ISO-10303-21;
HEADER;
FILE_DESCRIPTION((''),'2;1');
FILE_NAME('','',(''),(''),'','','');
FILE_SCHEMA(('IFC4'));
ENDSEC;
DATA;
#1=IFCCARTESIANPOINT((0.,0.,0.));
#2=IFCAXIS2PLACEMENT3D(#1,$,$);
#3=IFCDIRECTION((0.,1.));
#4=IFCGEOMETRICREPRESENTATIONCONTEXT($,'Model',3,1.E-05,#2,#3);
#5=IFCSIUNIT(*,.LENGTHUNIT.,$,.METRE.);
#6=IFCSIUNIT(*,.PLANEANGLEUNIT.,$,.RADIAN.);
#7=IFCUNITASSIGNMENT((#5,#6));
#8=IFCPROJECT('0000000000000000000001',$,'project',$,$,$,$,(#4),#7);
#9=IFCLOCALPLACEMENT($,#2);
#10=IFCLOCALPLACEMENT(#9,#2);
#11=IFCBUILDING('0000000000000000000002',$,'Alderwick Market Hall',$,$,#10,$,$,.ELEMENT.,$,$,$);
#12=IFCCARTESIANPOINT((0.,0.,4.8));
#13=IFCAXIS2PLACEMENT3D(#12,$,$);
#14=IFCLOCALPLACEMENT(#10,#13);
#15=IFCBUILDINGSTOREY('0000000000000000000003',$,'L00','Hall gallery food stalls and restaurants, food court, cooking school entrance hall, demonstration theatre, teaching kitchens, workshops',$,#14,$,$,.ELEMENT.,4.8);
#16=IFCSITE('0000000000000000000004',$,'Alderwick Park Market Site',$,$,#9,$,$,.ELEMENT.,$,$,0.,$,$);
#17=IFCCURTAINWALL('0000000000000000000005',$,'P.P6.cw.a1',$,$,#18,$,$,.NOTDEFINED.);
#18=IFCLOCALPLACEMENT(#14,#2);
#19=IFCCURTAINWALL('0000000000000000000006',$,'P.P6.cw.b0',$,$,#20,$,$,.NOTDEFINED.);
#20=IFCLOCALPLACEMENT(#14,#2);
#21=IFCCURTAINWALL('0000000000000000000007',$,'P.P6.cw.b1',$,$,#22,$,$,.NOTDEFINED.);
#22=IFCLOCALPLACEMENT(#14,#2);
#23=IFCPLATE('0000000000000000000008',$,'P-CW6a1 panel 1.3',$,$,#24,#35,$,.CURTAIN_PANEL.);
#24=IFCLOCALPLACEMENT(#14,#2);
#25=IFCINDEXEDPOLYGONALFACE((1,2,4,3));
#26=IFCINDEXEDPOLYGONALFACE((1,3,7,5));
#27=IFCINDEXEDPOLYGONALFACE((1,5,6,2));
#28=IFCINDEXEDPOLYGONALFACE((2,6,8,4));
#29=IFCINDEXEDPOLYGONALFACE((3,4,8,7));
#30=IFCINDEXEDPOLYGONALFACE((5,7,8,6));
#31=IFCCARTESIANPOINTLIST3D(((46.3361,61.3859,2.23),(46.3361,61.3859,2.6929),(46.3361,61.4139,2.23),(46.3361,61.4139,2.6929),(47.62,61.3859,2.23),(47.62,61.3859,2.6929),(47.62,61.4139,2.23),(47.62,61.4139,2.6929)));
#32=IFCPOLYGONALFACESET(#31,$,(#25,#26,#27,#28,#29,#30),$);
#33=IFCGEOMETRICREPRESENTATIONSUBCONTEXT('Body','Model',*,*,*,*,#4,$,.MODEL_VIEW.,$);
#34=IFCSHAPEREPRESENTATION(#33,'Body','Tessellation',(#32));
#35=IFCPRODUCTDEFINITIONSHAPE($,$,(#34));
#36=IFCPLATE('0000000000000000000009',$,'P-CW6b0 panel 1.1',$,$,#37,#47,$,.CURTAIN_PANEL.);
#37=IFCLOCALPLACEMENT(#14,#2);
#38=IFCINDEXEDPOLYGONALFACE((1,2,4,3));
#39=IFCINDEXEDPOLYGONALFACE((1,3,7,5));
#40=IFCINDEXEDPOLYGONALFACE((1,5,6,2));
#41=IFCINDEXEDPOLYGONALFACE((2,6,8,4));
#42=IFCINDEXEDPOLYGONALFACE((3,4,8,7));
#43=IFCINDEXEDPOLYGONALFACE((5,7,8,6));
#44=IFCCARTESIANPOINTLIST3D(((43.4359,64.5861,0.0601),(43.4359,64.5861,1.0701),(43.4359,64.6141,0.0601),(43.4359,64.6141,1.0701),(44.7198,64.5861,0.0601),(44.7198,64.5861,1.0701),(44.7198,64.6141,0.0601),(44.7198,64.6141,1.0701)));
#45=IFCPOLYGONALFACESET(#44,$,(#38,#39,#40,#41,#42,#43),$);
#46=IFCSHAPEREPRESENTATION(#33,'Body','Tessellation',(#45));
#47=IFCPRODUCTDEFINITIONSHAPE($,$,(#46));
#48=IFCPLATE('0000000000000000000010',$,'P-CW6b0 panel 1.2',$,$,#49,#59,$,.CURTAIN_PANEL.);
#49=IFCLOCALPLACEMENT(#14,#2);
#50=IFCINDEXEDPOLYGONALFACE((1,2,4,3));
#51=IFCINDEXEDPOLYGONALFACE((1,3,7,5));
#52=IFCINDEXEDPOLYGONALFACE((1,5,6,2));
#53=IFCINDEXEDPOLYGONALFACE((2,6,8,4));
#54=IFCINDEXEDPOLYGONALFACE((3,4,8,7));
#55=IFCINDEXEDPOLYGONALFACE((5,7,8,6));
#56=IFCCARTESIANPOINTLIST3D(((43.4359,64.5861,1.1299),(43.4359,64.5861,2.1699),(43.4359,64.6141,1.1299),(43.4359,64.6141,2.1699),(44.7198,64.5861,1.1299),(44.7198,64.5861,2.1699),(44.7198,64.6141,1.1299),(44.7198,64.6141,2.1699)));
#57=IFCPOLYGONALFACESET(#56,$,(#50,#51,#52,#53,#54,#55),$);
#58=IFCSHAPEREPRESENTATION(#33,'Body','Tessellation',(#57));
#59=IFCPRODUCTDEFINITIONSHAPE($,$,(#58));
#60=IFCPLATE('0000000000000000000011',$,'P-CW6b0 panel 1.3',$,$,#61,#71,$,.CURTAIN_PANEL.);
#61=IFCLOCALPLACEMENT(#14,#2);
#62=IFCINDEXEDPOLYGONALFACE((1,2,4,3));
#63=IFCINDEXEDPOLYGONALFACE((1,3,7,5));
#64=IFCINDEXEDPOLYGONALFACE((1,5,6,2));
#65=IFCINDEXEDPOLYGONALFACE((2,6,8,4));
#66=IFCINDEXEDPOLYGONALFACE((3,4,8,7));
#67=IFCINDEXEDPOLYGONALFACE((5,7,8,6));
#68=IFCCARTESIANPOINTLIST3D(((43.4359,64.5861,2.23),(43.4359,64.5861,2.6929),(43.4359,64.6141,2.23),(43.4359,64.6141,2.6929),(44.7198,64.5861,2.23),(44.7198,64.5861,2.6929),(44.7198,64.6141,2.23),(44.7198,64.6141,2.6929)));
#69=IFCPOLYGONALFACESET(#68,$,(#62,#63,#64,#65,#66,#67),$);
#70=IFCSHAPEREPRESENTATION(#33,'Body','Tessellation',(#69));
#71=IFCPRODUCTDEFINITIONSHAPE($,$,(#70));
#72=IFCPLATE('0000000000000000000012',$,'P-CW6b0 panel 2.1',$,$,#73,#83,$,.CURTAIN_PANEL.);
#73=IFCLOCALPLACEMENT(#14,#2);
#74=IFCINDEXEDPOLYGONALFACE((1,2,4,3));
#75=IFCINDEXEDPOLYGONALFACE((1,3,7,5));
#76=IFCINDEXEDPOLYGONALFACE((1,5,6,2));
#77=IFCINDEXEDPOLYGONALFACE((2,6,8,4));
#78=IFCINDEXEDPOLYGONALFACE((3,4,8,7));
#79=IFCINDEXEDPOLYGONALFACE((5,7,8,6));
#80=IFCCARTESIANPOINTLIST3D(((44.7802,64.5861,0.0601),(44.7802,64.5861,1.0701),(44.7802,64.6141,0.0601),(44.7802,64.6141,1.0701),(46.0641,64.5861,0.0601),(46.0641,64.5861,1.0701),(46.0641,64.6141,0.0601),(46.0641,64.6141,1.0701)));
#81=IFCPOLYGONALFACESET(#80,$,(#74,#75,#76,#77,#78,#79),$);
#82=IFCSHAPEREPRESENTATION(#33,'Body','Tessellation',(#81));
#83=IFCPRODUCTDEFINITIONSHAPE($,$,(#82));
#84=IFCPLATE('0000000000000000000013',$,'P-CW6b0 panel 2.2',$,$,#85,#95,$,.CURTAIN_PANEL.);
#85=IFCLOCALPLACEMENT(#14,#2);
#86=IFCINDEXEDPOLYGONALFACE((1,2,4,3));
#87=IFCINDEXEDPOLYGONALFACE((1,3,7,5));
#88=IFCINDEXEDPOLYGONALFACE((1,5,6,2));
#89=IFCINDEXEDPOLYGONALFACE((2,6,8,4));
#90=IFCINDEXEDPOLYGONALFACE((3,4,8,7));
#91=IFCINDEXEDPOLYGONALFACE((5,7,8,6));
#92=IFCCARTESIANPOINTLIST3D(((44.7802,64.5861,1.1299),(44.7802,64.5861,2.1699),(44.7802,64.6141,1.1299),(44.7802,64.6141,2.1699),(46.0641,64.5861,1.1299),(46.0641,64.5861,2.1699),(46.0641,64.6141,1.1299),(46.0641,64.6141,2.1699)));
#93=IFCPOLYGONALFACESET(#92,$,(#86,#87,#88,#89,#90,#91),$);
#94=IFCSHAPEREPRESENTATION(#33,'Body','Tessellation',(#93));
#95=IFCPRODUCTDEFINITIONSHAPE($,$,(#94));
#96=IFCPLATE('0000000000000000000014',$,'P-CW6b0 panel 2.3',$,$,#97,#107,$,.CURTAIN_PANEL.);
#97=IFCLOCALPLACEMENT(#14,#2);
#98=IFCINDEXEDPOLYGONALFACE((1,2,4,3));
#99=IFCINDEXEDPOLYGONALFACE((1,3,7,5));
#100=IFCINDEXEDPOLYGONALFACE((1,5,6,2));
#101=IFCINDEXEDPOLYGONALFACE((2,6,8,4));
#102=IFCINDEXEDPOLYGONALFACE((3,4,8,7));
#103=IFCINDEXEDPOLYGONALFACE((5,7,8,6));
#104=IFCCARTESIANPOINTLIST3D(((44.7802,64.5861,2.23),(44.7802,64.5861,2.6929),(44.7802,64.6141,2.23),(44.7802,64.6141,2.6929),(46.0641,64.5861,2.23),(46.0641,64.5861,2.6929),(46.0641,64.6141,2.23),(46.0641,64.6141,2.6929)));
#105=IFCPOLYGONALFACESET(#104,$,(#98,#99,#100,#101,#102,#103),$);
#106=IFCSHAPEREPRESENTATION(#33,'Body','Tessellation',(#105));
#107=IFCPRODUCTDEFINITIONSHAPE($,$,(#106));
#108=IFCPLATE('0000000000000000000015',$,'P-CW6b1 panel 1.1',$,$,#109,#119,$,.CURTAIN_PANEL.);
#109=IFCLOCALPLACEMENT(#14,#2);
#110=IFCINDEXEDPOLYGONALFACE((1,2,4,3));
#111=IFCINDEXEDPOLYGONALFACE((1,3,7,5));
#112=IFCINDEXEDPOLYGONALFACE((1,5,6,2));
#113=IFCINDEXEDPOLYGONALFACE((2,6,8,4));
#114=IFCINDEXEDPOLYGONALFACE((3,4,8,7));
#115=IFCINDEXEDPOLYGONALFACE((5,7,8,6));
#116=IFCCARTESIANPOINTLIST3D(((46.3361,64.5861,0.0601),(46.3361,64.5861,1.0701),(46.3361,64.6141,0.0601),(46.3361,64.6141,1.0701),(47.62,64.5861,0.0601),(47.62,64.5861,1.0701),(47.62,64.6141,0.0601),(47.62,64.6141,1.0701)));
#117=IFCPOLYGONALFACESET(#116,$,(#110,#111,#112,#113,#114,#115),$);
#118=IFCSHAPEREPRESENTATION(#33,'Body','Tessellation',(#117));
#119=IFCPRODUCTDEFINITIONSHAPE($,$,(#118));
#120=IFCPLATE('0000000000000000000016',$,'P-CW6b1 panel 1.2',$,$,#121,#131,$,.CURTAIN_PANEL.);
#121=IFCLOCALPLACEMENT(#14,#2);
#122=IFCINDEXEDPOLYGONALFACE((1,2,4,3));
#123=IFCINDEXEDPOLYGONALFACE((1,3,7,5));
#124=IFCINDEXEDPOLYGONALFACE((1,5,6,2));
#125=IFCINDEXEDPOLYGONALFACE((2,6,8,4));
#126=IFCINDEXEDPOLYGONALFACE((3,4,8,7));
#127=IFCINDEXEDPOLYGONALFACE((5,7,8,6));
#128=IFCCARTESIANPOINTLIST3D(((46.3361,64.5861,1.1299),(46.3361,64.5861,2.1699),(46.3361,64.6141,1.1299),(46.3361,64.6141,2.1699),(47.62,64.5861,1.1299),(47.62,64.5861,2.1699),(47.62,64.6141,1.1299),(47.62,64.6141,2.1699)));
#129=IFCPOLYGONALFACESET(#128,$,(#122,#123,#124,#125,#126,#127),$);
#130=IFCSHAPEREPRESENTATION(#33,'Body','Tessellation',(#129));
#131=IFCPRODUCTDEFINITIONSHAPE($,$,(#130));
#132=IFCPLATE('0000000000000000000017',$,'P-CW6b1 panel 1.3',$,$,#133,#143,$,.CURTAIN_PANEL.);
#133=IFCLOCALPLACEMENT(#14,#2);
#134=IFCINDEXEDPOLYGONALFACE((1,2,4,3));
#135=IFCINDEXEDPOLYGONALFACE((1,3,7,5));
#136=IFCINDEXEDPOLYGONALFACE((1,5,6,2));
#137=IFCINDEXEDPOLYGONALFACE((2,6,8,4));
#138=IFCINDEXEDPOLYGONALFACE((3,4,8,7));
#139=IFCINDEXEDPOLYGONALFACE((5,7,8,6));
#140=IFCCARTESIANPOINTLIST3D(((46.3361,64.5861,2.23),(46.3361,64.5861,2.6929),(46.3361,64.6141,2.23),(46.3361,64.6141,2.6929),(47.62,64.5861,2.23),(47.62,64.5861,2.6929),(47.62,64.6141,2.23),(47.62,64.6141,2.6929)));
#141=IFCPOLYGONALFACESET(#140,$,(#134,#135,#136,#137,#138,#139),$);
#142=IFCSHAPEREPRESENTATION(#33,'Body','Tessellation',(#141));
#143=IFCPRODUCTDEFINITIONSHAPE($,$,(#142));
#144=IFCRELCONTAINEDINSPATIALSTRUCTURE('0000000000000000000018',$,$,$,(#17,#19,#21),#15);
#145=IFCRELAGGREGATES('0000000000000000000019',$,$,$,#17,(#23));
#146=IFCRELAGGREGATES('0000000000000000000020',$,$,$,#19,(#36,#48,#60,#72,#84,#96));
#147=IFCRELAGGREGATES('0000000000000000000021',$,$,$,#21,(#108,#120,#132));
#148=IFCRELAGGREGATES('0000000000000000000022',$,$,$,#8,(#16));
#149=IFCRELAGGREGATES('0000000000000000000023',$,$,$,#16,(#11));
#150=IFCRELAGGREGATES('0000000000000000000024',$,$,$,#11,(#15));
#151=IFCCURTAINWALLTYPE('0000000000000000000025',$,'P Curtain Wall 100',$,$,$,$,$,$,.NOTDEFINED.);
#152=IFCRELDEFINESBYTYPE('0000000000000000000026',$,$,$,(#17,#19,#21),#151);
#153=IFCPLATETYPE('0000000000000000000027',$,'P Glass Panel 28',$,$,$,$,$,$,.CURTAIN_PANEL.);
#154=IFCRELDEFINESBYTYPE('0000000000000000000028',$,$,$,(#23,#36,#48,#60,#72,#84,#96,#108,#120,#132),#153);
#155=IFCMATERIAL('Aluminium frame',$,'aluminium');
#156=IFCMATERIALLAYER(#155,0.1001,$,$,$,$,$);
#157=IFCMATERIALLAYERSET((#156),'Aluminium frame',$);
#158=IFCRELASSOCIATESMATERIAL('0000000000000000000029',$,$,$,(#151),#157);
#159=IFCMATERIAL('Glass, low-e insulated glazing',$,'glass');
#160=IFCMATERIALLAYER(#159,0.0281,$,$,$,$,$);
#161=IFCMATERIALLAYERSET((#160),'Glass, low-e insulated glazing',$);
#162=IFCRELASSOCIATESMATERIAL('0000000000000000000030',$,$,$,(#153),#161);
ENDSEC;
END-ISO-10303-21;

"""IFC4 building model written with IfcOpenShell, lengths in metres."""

from ifc_helpers import new_model, si_unit, direction, frame, origin, origin_2d, place, context, subcontext, project, spatial, rectangle, extrude, material, layer, layer_set, type_object, element, aggregate, save


model = new_model("IFC4")

# Units and contexts
model_context = context("Model", 3, precision=1e-05, world=origin(), true_north=direction((0.0, 1.0)))
body_context = subcontext(model_context, "Body", "Model", "MODEL_VIEW")
ifc_project = project(units=[si_unit("LENGTHUNIT", "METRE"), si_unit("PLANEANGLEUNIT", "RADIAN")], contexts=[model_context])

# Site, building, storey
site_placement = place(None, origin())
site = spatial("IfcSite", under=ifc_project, at=site_placement, Name="Alderwick Park Market Site", CompositionType="ELEMENT", RefElevation=0.0)
building_placement = place(site_placement, origin())
building = spatial("IfcBuilding", under=site, at=building_placement, Name="Alderwick Market Hall", CompositionType="ELEMENT")
storey_placement = place(building_placement, frame((0.0, 0.0, 4.8)))
storey = spatial("IfcBuildingStorey", under=building, at=storey_placement, Name="L00", Description="Hall gallery food stalls and restaurants, food court, cooking school entrance hall, demonstration theatre, teaching kitchens, workshops", CompositionType="ELEMENT", Elevation=4.8)

# Shared definitions
ifc_material_1 = material(Name="Aluminium frame", Category="aluminium")
ifc_layer_1 = layer(ifc_material_1, 0.1001)
ifc_layer_set_1 = layer_set([ifc_layer_1], Name="Aluminium frame")
curtain_wall_type = type_object("IfcCurtainWallType", Name="P Curtain Wall 100", PredefinedType="NOTDEFINED", material=ifc_layer_set_1)

# Curtain walls
curtain_wall_1_placement = place(storey_placement, origin())
curtain_wall_1 = element("IfcCurtainWall", 1, at=curtain_wall_1_placement, inside=storey, type_object=curtain_wall_type, Name="P.P6.cw.a1", PredefinedType="NOTDEFINED")
curtain_wall_2_placement = place(storey_placement, origin())
curtain_wall_2 = element("IfcCurtainWall", 2, at=curtain_wall_2_placement, inside=storey, type_object=curtain_wall_type, Name="P.P6.cw.b0", PredefinedType="NOTDEFINED")
curtain_wall_3_placement = place(storey_placement, origin())
curtain_wall_3 = element("IfcCurtainWall", 3, at=curtain_wall_3_placement, inside=storey, type_object=curtain_wall_type, Name="P.P6.cw.b1", PredefinedType="NOTDEFINED")

# Plates
ifc_material_2 = material(Name="Glass, low-e insulated glazing", Category="glass")
ifc_layer_2 = layer(ifc_material_2, 0.0281)
ifc_layer_set_2 = layer_set([ifc_layer_2], Name="Glass, low-e insulated glazing")
plate_type = type_object("IfcPlateType", Name="P Glass Panel 28", PredefinedType="CURTAIN_PANEL", material=ifc_layer_set_2)
plate_1_placement = place(storey_placement, frame((46.978, 61.3999, 2.23), z_axis=(0.0, 0.0, 1.0), x_axis=(1.0, 0.0, 0.0)))
plate_1 = element("IfcPlate", 4, at=plate_1_placement, type_object=plate_type, Name="P-CW6a1 panel 1.3", PredefinedType="CURTAIN_PANEL", context=body_context, shape_type="SweptSolid", body=[
    extrude(rectangle(XDim=1.2839, YDim=0.0281, at=origin_2d()), origin(), (0.0, 0.0, 1.0), 0.4629),
])
aggregate(curtain_wall_1, [plate_1])
plate_2_placement = place(storey_placement, frame((44.0779, 64.6001, 0.0601), z_axis=(0.0, 0.0, 1.0), x_axis=(1.0, 0.0, 0.0)))
plate_2 = element("IfcPlate", 5, at=plate_2_placement, type_object=plate_type, Name="P-CW6b0 panel 1.1", PredefinedType="CURTAIN_PANEL", context=body_context, shape_type="SweptSolid", body=[
    extrude(rectangle(XDim=1.2839, YDim=0.0281, at=origin_2d()), origin(), (0.0, 0.0, 1.0), 1.01),
])
plate_3_placement = place(storey_placement, frame((44.0779, 64.6001, 1.1299), z_axis=(0.0, 0.0, 1.0), x_axis=(1.0, 0.0, 0.0)))
plate_3 = element("IfcPlate", 6, at=plate_3_placement, type_object=plate_type, Name="P-CW6b0 panel 1.2", PredefinedType="CURTAIN_PANEL", context=body_context, shape_type="SweptSolid", body=[
    extrude(rectangle(XDim=1.2839, YDim=0.0281, at=origin_2d()), origin(), (0.0, 0.0, 1.0), 1.04),
])
plate_4_placement = place(storey_placement, frame((44.0779, 64.6001, 2.23), z_axis=(0.0, 0.0, 1.0), x_axis=(1.0, 0.0, 0.0)))
plate_4 = element("IfcPlate", 7, at=plate_4_placement, type_object=plate_type, Name="P-CW6b0 panel 1.3", PredefinedType="CURTAIN_PANEL", context=body_context, shape_type="SweptSolid", body=[
    extrude(rectangle(XDim=1.2839, YDim=0.0281, at=origin_2d()), origin(), (0.0, 0.0, 1.0), 0.4629),
])
plate_5_placement = place(storey_placement, frame((45.4221, 64.6001, 0.0601), z_axis=(0.0, 0.0, 1.0), x_axis=(1.0, 0.0, 0.0)))
plate_5 = element("IfcPlate", 8, at=plate_5_placement, type_object=plate_type, Name="P-CW6b0 panel 2.1", PredefinedType="CURTAIN_PANEL", context=body_context, shape_type="SweptSolid", body=[
    extrude(rectangle(XDim=1.2839, YDim=0.0281, at=origin_2d()), origin(), (0.0, 0.0, 1.0), 1.01),
])
plate_6_placement = place(storey_placement, frame((45.4221, 64.6001, 1.1299), z_axis=(0.0, 0.0, 1.0), x_axis=(1.0, 0.0, 0.0)))
plate_6 = element("IfcPlate", 9, at=plate_6_placement, type_object=plate_type, Name="P-CW6b0 panel 2.2", PredefinedType="CURTAIN_PANEL", context=body_context, shape_type="SweptSolid", body=[
    extrude(rectangle(XDim=1.2839, YDim=0.0281, at=origin_2d()), origin(), (0.0, 0.0, 1.0), 1.04),
])
plate_7_placement = place(storey_placement, frame((45.4221, 64.6001, 2.23), z_axis=(0.0, 0.0, 1.0), x_axis=(1.0, 0.0, 0.0)))
plate_7 = element("IfcPlate", 10, at=plate_7_placement, type_object=plate_type, Name="P-CW6b0 panel 2.3", PredefinedType="CURTAIN_PANEL", context=body_context, shape_type="SweptSolid", body=[
    extrude(rectangle(XDim=1.2839, YDim=0.0281, at=origin_2d()), origin(), (0.0, 0.0, 1.0), 0.4629),
])
aggregate(curtain_wall_2, [plate_2, plate_3, plate_4, plate_5, plate_6, plate_7])
plate_8_placement = place(storey_placement, frame((46.978, 64.6001, 0.0601), z_axis=(0.0, 0.0, 1.0), x_axis=(1.0, 0.0, 0.0)))
plate_8 = element("IfcPlate", 11, at=plate_8_placement, type_object=plate_type, Name="P-CW6b1 panel 1.1", PredefinedType="CURTAIN_PANEL", context=body_context, shape_type="SweptSolid", body=[
    extrude(rectangle(XDim=1.2839, YDim=0.0281, at=origin_2d()), origin(), (0.0, 0.0, 1.0), 1.01),
])
plate_9_placement = place(storey_placement, frame((46.978, 64.6001, 1.1299), z_axis=(0.0, 0.0, 1.0), x_axis=(1.0, 0.0, 0.0)))
plate_9 = element("IfcPlate", 12, at=plate_9_placement, type_object=plate_type, Name="P-CW6b1 panel 1.2", PredefinedType="CURTAIN_PANEL", context=body_context, shape_type="SweptSolid", body=[
    extrude(rectangle(XDim=1.2839, YDim=0.0281, at=origin_2d()), origin(), (0.0, 0.0, 1.0), 1.04),
])
plate_10_placement = place(storey_placement, frame((46.978, 64.6001, 2.23), z_axis=(0.0, 0.0, 1.0), x_axis=(1.0, 0.0, 0.0)))
plate_10 = element("IfcPlate", 13, at=plate_10_placement, type_object=plate_type, Name="P-CW6b1 panel 1.3", PredefinedType="CURTAIN_PANEL", context=body_context, shape_type="SweptSolid", body=[
    extrude(rectangle(XDim=1.2839, YDim=0.0281, at=origin_2d()), origin(), (0.0, 0.0, 1.0), 0.4629),
])
aggregate(curtain_wall_3, [plate_8, plate_9, plate_10])

save(model, "model.ifc")
